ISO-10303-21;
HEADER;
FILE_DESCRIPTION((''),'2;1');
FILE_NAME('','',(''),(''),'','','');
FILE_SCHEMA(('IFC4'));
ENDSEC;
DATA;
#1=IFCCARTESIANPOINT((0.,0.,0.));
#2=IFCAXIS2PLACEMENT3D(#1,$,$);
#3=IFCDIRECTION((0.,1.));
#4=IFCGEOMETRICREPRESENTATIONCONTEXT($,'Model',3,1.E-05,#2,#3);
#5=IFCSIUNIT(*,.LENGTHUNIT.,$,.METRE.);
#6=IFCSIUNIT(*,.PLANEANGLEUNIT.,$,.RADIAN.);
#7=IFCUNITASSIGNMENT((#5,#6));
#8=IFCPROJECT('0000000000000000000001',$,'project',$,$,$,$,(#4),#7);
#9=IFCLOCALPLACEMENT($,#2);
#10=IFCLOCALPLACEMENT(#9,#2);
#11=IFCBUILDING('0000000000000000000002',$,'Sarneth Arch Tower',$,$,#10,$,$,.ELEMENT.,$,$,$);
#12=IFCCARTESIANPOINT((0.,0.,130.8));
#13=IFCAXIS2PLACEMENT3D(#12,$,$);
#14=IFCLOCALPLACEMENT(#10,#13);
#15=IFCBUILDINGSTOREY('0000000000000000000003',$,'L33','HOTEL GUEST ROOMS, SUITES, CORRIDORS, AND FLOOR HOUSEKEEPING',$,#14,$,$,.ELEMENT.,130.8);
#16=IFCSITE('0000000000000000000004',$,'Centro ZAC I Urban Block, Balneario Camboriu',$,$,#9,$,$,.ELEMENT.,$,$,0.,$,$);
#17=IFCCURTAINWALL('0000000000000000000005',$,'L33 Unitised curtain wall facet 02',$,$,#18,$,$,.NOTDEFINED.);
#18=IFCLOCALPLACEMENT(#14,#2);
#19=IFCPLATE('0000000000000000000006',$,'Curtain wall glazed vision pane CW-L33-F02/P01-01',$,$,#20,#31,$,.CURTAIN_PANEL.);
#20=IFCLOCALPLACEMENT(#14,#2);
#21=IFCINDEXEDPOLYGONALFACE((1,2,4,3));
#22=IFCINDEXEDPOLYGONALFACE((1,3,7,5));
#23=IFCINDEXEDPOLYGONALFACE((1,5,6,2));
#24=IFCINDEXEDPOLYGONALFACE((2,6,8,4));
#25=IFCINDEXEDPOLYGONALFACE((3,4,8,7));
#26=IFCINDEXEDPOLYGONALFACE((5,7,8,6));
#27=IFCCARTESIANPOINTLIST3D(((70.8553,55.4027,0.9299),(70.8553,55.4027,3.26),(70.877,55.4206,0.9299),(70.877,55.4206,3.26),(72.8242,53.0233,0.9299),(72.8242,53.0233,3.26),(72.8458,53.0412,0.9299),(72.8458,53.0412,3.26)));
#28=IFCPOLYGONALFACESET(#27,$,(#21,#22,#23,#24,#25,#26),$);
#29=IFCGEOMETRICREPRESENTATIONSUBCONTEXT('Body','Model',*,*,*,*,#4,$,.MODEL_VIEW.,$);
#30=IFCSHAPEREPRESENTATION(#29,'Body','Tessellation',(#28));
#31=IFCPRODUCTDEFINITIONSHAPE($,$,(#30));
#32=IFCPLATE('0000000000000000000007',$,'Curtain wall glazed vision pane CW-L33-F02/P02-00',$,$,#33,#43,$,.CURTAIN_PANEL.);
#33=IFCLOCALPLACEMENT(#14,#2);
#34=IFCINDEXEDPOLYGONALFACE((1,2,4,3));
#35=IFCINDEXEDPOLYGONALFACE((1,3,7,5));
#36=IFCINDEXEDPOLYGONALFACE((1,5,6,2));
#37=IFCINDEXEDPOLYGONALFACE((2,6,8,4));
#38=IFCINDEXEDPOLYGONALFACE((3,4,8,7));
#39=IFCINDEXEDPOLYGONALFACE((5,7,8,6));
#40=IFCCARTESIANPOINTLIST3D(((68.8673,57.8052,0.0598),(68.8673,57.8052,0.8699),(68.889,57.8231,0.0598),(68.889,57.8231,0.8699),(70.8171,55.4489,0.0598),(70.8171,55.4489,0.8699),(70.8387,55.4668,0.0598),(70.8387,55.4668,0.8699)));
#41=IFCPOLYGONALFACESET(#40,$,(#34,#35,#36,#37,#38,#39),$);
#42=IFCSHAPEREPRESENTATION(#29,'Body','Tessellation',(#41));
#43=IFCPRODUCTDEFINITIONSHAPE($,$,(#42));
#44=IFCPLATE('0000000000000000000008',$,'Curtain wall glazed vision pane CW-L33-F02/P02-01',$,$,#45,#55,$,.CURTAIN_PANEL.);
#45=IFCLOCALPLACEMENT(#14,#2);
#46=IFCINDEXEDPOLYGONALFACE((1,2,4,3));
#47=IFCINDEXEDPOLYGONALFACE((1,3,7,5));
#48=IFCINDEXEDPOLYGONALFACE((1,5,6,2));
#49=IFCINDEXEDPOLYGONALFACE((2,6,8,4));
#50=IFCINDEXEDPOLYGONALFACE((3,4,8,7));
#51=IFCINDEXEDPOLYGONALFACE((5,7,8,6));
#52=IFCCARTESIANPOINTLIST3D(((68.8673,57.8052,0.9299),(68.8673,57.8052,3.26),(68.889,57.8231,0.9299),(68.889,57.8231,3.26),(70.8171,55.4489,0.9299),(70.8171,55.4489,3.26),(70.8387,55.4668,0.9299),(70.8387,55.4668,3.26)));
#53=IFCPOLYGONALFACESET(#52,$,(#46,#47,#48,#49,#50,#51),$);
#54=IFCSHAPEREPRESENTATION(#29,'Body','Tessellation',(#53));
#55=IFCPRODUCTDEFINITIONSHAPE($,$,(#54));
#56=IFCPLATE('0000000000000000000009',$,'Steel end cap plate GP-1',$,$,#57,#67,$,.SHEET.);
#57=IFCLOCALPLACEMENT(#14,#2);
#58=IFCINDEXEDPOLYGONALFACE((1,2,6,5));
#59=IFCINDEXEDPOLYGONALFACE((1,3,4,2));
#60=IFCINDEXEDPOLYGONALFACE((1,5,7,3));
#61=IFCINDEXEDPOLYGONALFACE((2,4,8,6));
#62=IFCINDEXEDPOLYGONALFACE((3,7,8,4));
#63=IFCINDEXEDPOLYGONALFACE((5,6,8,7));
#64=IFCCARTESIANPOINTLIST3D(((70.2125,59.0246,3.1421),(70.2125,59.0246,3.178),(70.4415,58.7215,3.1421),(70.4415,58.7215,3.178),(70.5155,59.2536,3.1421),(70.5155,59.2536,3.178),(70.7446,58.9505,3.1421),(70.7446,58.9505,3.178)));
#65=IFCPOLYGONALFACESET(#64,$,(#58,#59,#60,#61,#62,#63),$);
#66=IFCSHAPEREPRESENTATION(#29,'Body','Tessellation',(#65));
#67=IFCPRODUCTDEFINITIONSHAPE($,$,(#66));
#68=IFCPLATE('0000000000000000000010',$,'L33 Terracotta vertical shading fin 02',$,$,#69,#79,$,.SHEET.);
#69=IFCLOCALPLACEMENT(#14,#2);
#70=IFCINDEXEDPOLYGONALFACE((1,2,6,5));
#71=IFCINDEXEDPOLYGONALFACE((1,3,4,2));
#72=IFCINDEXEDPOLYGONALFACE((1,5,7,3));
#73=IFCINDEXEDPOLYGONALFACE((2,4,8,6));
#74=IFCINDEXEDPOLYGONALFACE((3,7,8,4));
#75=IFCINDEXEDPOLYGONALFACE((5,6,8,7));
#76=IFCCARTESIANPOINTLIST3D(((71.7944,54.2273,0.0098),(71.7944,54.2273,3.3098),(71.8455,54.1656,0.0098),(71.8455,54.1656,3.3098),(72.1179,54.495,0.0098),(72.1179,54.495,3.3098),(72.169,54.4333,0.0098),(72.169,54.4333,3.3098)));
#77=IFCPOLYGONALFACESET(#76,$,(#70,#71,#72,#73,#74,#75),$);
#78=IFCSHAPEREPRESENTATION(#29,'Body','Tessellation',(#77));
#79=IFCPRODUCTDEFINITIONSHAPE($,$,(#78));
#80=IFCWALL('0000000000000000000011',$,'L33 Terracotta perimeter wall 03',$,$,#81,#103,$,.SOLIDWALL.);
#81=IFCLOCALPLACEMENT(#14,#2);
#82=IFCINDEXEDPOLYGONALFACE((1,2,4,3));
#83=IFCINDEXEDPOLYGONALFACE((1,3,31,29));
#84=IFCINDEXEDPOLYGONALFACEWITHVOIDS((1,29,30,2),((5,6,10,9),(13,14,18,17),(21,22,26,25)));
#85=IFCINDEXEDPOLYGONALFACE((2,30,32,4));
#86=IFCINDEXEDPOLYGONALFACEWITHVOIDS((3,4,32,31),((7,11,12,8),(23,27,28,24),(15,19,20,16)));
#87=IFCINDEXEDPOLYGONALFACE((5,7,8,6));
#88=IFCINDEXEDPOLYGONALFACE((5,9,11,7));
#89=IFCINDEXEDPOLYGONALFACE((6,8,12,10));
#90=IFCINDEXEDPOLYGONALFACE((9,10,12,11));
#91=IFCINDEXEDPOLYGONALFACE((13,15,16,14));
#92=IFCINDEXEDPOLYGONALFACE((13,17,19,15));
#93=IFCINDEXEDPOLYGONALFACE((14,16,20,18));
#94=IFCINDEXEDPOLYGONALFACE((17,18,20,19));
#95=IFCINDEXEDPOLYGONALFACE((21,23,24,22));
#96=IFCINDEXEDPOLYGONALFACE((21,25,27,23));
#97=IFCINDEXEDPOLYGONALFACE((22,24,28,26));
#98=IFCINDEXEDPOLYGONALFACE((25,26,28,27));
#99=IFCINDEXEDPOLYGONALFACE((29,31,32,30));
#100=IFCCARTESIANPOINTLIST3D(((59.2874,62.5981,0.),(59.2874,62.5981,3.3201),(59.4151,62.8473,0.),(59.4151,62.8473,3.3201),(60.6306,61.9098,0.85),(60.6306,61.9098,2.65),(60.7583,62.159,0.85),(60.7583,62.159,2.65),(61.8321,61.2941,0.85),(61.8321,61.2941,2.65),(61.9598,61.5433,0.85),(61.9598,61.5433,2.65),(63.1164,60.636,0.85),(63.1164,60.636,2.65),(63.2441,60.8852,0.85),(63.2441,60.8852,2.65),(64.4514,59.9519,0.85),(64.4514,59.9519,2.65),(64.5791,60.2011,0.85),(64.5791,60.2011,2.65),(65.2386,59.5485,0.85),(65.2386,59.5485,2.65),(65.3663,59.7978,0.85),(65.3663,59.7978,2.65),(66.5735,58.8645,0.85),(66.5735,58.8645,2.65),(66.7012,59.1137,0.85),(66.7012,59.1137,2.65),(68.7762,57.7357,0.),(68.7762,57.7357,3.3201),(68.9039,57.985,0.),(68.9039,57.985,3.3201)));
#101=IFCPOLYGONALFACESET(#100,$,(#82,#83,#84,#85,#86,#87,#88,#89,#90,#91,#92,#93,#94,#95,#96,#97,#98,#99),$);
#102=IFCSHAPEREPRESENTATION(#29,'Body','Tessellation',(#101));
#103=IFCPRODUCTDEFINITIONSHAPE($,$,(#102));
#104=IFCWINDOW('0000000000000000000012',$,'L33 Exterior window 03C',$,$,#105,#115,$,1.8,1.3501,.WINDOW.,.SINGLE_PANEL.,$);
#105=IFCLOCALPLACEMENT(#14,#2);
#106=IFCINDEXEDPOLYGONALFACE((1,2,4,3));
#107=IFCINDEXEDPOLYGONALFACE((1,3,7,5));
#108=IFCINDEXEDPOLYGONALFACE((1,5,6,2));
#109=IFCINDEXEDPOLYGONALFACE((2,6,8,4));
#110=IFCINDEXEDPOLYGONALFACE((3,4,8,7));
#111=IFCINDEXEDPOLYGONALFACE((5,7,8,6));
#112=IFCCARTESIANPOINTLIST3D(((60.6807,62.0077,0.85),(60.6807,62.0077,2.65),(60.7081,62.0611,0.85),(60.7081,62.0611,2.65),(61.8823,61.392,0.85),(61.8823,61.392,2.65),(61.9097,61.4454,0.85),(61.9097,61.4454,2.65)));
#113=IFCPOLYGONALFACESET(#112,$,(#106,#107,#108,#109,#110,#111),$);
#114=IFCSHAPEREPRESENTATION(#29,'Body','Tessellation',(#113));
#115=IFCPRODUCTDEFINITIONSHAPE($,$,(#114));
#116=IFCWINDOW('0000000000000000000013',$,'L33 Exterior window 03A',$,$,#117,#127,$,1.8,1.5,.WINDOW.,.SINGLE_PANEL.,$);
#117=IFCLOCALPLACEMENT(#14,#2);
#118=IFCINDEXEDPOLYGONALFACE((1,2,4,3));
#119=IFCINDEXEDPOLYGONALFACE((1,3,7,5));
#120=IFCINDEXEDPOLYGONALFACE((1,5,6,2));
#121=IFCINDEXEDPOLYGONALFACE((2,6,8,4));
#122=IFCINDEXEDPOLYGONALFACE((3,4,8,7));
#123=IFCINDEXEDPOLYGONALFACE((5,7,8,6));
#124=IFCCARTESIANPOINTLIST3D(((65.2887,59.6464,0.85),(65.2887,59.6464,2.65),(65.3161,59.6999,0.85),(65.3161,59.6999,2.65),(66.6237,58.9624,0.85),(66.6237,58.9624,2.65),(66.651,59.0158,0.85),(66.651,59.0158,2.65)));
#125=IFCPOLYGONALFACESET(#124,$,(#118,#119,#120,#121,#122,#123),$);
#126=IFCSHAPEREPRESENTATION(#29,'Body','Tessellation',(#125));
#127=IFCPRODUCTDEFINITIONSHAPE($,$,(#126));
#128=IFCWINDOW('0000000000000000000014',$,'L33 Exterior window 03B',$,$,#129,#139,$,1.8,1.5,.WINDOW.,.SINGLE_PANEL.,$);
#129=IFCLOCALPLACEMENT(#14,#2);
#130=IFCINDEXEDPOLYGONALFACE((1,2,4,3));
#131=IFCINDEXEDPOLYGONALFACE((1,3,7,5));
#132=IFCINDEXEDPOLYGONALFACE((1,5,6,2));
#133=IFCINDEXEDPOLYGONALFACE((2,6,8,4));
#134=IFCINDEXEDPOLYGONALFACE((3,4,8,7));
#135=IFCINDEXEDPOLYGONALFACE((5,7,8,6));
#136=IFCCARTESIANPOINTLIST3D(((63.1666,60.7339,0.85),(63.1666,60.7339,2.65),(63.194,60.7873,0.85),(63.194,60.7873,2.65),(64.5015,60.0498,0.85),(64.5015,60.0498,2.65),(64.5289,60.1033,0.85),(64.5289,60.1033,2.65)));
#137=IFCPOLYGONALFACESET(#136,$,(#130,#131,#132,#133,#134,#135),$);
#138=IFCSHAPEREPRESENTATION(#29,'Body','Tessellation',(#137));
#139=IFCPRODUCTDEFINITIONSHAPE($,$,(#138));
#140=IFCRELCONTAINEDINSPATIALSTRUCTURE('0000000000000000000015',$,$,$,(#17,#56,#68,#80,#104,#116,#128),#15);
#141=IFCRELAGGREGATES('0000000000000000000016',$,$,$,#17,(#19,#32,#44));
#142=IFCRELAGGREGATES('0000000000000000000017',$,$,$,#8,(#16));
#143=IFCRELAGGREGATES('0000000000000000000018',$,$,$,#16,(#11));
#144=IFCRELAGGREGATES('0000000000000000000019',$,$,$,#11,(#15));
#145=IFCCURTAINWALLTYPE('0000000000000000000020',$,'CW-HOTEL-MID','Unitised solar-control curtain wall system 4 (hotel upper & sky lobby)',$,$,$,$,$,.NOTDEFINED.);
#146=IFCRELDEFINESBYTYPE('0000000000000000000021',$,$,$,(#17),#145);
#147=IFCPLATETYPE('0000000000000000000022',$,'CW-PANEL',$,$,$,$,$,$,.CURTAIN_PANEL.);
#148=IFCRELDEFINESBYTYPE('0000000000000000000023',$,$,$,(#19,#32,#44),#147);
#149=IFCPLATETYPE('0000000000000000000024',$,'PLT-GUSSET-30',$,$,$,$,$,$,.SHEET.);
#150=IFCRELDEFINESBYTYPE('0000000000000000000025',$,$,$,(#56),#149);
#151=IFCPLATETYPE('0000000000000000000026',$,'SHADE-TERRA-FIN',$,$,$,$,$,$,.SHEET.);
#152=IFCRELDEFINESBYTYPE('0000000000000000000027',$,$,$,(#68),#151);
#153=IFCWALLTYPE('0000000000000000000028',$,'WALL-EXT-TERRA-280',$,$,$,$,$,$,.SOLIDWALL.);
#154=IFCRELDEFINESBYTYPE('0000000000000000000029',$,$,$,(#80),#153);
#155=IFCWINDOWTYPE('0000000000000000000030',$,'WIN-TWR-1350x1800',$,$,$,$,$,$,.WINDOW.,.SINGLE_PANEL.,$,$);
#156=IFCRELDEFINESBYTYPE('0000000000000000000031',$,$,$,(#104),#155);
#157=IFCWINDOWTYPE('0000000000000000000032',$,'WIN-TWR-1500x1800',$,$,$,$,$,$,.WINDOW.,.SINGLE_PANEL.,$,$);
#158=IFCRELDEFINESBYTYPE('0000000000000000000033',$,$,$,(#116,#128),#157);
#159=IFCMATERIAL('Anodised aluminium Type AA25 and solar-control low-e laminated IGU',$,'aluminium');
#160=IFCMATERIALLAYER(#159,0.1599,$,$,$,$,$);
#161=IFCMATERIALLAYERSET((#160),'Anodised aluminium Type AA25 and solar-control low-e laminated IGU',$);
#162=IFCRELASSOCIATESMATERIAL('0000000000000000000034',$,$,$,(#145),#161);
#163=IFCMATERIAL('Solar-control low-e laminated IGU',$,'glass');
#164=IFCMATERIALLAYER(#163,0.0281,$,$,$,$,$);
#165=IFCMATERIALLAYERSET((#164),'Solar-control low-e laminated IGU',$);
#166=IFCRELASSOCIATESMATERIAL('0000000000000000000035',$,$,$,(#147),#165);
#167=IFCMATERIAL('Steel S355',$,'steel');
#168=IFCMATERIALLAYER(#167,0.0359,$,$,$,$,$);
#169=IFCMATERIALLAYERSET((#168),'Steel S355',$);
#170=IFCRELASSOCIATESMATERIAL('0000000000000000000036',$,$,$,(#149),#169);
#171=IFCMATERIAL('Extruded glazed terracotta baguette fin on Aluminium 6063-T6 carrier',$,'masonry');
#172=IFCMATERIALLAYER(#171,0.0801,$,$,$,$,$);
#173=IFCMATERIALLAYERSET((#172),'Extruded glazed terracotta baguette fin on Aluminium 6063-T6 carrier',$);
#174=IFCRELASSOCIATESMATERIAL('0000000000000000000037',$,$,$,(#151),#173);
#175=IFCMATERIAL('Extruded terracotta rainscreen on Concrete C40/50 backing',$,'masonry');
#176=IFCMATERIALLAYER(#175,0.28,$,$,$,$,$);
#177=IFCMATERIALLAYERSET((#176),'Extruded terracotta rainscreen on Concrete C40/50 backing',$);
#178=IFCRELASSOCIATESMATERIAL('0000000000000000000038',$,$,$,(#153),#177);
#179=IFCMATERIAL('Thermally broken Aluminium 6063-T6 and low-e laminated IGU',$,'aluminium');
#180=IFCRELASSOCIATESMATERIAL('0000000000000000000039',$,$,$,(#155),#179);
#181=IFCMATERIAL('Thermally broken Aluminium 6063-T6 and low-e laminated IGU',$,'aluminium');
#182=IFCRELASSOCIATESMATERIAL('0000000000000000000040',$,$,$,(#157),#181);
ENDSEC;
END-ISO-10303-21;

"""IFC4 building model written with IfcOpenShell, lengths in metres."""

from ifc_helpers import new_model, si_unit, direction, frame, frame_2d, origin, origin_2d, place, context, subcontext, project, spatial, rectangle, extrude, material, layer, layer_set, type_object, element, fill, aggregate, save


model = new_model("IFC4")

# Units and contexts
model_context = context("Model", 3, precision=1e-05, world=origin(), true_north=direction((0.0, 1.0)))
body_context = subcontext(model_context, "Body", "Model", "MODEL_VIEW")
ifc_project = project(units=[si_unit("LENGTHUNIT", "METRE"), si_unit("PLANEANGLEUNIT", "RADIAN")], contexts=[model_context])

# Site, building, storey
site_placement = place(None, origin())
site = spatial("IfcSite", under=ifc_project, at=site_placement, Name="Centro ZAC I Urban Block, Balneario Camboriu", CompositionType="ELEMENT", RefElevation=0.0)
building_placement = place(site_placement, origin())
building = spatial("IfcBuilding", under=site, at=building_placement, Name="Sarneth Arch Tower", CompositionType="ELEMENT")
storey_placement = place(building_placement, frame((0.0, 0.0, 130.8)))
storey = spatial("IfcBuildingStorey", under=building, at=storey_placement, Name="L33", Description="HOTEL GUEST ROOMS, SUITES, CORRIDORS, AND FLOOR HOUSEKEEPING", CompositionType="ELEMENT", Elevation=130.8)

# Curtain wall
ifc_material_1 = material(Name="Anodised aluminium Type AA25 and solar-control low-e laminated IGU", Category="aluminium")
ifc_layer_1 = layer(ifc_material_1, 0.1599)
ifc_layer_set_1 = layer_set([ifc_layer_1], Name="Anodised aluminium Type AA25 and solar-control low-e laminated IGU")
curtain_wall_type = type_object("IfcCurtainWallType", Name="CW-HOTEL-MID", Description="Unitised solar-control curtain wall system 4 (hotel upper & sky lobby)", PredefinedType="NOTDEFINED", material=ifc_layer_set_1)
curtain_wall_placement = place(storey_placement, origin())
curtain_wall = element("IfcCurtainWall", 1, at=curtain_wall_placement, inside=storey, type_object=curtain_wall_type, Name="L33 Unitised curtain wall facet 02", PredefinedType="NOTDEFINED")

# Plates
ifc_material_2 = material(Name="Solar-control low-e laminated IGU", Category="glass")
ifc_layer_2 = layer(ifc_material_2, 0.0281)
ifc_layer_set_2 = layer_set([ifc_layer_2], Name="Solar-control low-e laminated IGU")
plate_type_1 = type_object("IfcPlateType", Name="CW-PANEL", PredefinedType="CURTAIN_PANEL", material=ifc_layer_set_2)
plate_1_placement = place(storey_placement, frame((71.8506, 54.2219, 0.9299), z_axis=(0.0, 0.0, 1.0), x_axis=(-0.637515, 0.770438, 0.0)))
plate_1 = element("IfcPlate", 2, at=plate_1_placement, type_object=plate_type_1, Name="Curtain wall glazed vision pane CW-L33-F02/P01-01", PredefinedType="CURTAIN_PANEL", context=body_context, shape_type="SweptSolid", body=[
    extrude(rectangle(XDim=3.0884, YDim=0.0281, at=origin_2d()), origin(), (0.0, 0.0, 1.0), 2.3301),
])
plate_2_placement = place(storey_placement, frame((69.853, 56.636, 0.0598), z_axis=(0.0, 0.0, 1.0), x_axis=(-0.637515, 0.770438, 0.0)))
plate_2 = element("IfcPlate", 3, at=plate_2_placement, type_object=plate_type_1, Name="Curtain wall glazed vision pane CW-L33-F02/P02-00", PredefinedType="CURTAIN_PANEL", context=body_context, shape_type="SweptSolid", body=[
    extrude(rectangle(XDim=3.0583, YDim=0.0281, at=origin_2d()), origin(), (0.0, 0.0, 1.0), 0.8101),
])
plate_3_placement = place(storey_placement, frame((69.853, 56.636, 0.9299), z_axis=(0.0, 0.0, 1.0), x_axis=(-0.637515, 0.770438, 0.0)))
plate_3 = element("IfcPlate", 4, at=plate_3_placement, type_object=plate_type_1, Name="Curtain wall glazed vision pane CW-L33-F02/P02-01", PredefinedType="CURTAIN_PANEL", context=body_context, shape_type="SweptSolid", body=[
    extrude(rectangle(XDim=3.0583, YDim=0.0281, at=origin_2d()), origin(), (0.0, 0.0, 1.0), 2.3301),
])
aggregate(curtain_wall, [plate_1, plate_2, plate_3])

# Plates
ifc_material_3 = material(Name="Steel S355", Category="steel")
ifc_layer_3 = layer(ifc_material_3, 0.0359)
ifc_layer_set_3 = layer_set([ifc_layer_3], Name="Steel S355")
plate_type_2 = type_object("IfcPlateType", Name="PLT-GUSSET-30", PredefinedType="SHEET", material=ifc_layer_set_3)
plate_4_placement = place(storey_placement, frame((70.4785, 58.9875, 3.1421), z_axis=(0.0, 0.0, 1.0), x_axis=(0.797794, 0.60293, 0.0)))
element("IfcPlate", 5, at=plate_4_placement, inside=storey, type_object=plate_type_2, Name="Steel end cap plate GP-1", PredefinedType="SHEET", context=body_context, shape_type="SweptSolid", body=[
    extrude(rectangle(XDim=0.3799, YDim=0.3799, at=origin_2d()), origin(), (0.0, 0.0, 1.0), 0.0359),
])
ifc_material_4 = material(Name="Extruded glazed terracotta baguette fin on Aluminium 6063-T6 carrier", Category="masonry")
ifc_layer_4 = layer(ifc_material_4, 0.0801)
ifc_layer_set_4 = layer_set([ifc_layer_4], Name="Extruded glazed terracotta baguette fin on Aluminium 6063-T6 carrier")
plate_type_3 = type_object("IfcPlateType", Name="SHADE-TERRA-FIN", PredefinedType="SHEET", material=ifc_layer_set_4)
plate_5_placement = place(storey_placement, frame((71.9817, 54.3303, 0.0098), z_axis=(0.0, 0.0, 1.0), x_axis=(0.770402, 0.637558, 0.0)))
element("IfcPlate", 6, at=plate_5_placement, inside=storey, type_object=plate_type_3, Name="L33 Terracotta vertical shading fin 02", PredefinedType="SHEET", context=body_context, shape_type="SweptSolid", body=[
    extrude(rectangle(XDim=0.4199, YDim=0.0801, at=origin_2d()), origin(), (0.0, 0.0, 1.0), 3.3),
])

# Wall, openings, windows
ifc_material_5 = material(Name="Extruded terracotta rainscreen on Concrete C40/50 backing", Category="masonry")
ifc_layer_5 = layer(ifc_material_5, 0.28)
ifc_layer_set_5 = layer_set([ifc_layer_5], Name="Extruded terracotta rainscreen on Concrete C40/50 backing")
wall_type = type_object("IfcWallType", Name="WALL-EXT-TERRA-280", PredefinedType="SOLIDWALL", material=ifc_layer_set_5)
wall_placement = place(storey_placement, frame((68.8401, 57.8604, 0.0), z_axis=(0.0, 0.0, 1.0), x_axis=(-0.88996, 0.45604, 0.0)))
wall = element("IfcWall", 7, at=wall_placement, inside=storey, type_object=wall_type, Name="L33 Terracotta perimeter wall 03", PredefinedType="SOLIDWALL", context=body_context, shape_type="SweptSolid", body=[
    extrude(rectangle(XDim=10.6621, YDim=0.28, at=frame_2d((5.3311, 0.0))), origin(), (0.0, 0.0, 1.0), 3.3201),
])
opening_1_placement = place(wall_placement, frame((2.4751, 0.0, 0.8501)))
opening_1 = element("IfcOpeningElement", 8, at=opening_1_placement, cuts=wall, PredefinedType="OPENING", context=body_context, shape_type="SweptSolid", body=[
    extrude(rectangle(XDim=1.5, YDim=1.8, at=frame_2d((0.75, 0.8999))), frame((0.0, 0.1499, 0.0), z_axis=(0.0, -1.0, 0.0), x_axis=(1.0, 0.0, 0.0)), (0.0, 0.0, 1.0), 0.3),
])
opening_2_placement = place(wall_placement, frame((4.8596, 0.0, 0.8501)))
opening_2 = element("IfcOpeningElement", 9, at=opening_2_placement, cuts=wall, PredefinedType="OPENING", context=body_context, shape_type="SweptSolid", body=[
    extrude(rectangle(XDim=1.5, YDim=1.8, at=frame_2d((0.75, 0.8999))), frame((0.0, 0.1499, 0.0), z_axis=(0.0, -1.0, 0.0), x_axis=(1.0, 0.0, 0.0)), (0.0, 0.0, 1.0), 0.3),
])
opening_3_placement = place(wall_placement, frame((7.8027, 0.0, 0.8501)))
opening_3 = element("IfcOpeningElement", 10, at=opening_3_placement, cuts=wall, PredefinedType="OPENING", context=body_context, shape_type="SweptSolid", body=[
    extrude(rectangle(XDim=1.3501, YDim=1.8, at=frame_2d((0.675, 0.8999))), frame((0.0, 0.1499, 0.0), z_axis=(0.0, -1.0, 0.0), x_axis=(1.0, 0.0, 0.0)), (0.0, 0.0, 1.0), 0.3),
])
ifc_material_6 = material(Name="Thermally broken Aluminium 6063-T6 and low-e laminated IGU", Category="aluminium")
window_type_1 = type_object("IfcWindowType", Name="WIN-TWR-1350x1800", PartitioningType="SINGLE_PANEL", PredefinedType="WINDOW", material=ifc_material_6)
window_1_placement = place(opening_3_placement, origin())
window_1 = element("IfcWindow", 11, at=window_1_placement, inside=storey, type_object=window_type_1, Name="L33 Exterior window 03C", OverallHeight=1.8, OverallWidth=1.3501, PartitioningType="SINGLE_PANEL", PredefinedType="WINDOW", context=body_context, shape_type="SweptSolid", body=[
    extrude(rectangle(XDim=1.3501, YDim=1.8, at=frame_2d((0.675, 0.8999))), frame((0.0, 0.03, 0.0), z_axis=(0.0, -1.0, 0.0), x_axis=(1.0, 0.0, 0.0)), (0.0, 0.0, 1.0), 0.0601),
])
fill(opening_3, window_1)
ifc_material_7 = material(Name="Thermally broken Aluminium 6063-T6 and low-e laminated IGU", Category="aluminium")
window_type_2 = type_object("IfcWindowType", Name="WIN-TWR-1500x1800", PartitioningType="SINGLE_PANEL", PredefinedType="WINDOW", material=ifc_material_7)
window_2_placement = place(opening_1_placement, origin())
window_2 = element("IfcWindow", 12, at=window_2_placement, inside=storey, type_object=window_type_2, Name="L33 Exterior window 03A", OverallHeight=1.8, OverallWidth=1.5, PartitioningType="SINGLE_PANEL", PredefinedType="WINDOW", context=body_context, shape_type="SweptSolid", body=[
    extrude(rectangle(XDim=1.5, YDim=1.8, at=frame_2d((0.75, 0.8999))), frame((0.0, 0.03, 0.0), z_axis=(0.0, -1.0, 0.0), x_axis=(1.0, 0.0, 0.0)), (0.0, 0.0, 1.0), 0.0601),
])
fill(opening_1, window_2)
window_3_placement = place(opening_2_placement, origin())
window_3 = element("IfcWindow", 13, at=window_3_placement, inside=storey, type_object=window_type_2, Name="L33 Exterior window 03B", OverallHeight=1.8, OverallWidth=1.5, PartitioningType="SINGLE_PANEL", PredefinedType="WINDOW", context=body_context, shape_type="SweptSolid", body=[
    extrude(rectangle(XDim=1.5, YDim=1.8, at=frame_2d((0.75, 0.8999))), frame((0.0, 0.03, 0.0), z_axis=(0.0, -1.0, 0.0), x_axis=(1.0, 0.0, 0.0)), (0.0, 0.0, 1.0), 0.0601),
])
fill(opening_2, window_3)

save(model, "model.ifc")
